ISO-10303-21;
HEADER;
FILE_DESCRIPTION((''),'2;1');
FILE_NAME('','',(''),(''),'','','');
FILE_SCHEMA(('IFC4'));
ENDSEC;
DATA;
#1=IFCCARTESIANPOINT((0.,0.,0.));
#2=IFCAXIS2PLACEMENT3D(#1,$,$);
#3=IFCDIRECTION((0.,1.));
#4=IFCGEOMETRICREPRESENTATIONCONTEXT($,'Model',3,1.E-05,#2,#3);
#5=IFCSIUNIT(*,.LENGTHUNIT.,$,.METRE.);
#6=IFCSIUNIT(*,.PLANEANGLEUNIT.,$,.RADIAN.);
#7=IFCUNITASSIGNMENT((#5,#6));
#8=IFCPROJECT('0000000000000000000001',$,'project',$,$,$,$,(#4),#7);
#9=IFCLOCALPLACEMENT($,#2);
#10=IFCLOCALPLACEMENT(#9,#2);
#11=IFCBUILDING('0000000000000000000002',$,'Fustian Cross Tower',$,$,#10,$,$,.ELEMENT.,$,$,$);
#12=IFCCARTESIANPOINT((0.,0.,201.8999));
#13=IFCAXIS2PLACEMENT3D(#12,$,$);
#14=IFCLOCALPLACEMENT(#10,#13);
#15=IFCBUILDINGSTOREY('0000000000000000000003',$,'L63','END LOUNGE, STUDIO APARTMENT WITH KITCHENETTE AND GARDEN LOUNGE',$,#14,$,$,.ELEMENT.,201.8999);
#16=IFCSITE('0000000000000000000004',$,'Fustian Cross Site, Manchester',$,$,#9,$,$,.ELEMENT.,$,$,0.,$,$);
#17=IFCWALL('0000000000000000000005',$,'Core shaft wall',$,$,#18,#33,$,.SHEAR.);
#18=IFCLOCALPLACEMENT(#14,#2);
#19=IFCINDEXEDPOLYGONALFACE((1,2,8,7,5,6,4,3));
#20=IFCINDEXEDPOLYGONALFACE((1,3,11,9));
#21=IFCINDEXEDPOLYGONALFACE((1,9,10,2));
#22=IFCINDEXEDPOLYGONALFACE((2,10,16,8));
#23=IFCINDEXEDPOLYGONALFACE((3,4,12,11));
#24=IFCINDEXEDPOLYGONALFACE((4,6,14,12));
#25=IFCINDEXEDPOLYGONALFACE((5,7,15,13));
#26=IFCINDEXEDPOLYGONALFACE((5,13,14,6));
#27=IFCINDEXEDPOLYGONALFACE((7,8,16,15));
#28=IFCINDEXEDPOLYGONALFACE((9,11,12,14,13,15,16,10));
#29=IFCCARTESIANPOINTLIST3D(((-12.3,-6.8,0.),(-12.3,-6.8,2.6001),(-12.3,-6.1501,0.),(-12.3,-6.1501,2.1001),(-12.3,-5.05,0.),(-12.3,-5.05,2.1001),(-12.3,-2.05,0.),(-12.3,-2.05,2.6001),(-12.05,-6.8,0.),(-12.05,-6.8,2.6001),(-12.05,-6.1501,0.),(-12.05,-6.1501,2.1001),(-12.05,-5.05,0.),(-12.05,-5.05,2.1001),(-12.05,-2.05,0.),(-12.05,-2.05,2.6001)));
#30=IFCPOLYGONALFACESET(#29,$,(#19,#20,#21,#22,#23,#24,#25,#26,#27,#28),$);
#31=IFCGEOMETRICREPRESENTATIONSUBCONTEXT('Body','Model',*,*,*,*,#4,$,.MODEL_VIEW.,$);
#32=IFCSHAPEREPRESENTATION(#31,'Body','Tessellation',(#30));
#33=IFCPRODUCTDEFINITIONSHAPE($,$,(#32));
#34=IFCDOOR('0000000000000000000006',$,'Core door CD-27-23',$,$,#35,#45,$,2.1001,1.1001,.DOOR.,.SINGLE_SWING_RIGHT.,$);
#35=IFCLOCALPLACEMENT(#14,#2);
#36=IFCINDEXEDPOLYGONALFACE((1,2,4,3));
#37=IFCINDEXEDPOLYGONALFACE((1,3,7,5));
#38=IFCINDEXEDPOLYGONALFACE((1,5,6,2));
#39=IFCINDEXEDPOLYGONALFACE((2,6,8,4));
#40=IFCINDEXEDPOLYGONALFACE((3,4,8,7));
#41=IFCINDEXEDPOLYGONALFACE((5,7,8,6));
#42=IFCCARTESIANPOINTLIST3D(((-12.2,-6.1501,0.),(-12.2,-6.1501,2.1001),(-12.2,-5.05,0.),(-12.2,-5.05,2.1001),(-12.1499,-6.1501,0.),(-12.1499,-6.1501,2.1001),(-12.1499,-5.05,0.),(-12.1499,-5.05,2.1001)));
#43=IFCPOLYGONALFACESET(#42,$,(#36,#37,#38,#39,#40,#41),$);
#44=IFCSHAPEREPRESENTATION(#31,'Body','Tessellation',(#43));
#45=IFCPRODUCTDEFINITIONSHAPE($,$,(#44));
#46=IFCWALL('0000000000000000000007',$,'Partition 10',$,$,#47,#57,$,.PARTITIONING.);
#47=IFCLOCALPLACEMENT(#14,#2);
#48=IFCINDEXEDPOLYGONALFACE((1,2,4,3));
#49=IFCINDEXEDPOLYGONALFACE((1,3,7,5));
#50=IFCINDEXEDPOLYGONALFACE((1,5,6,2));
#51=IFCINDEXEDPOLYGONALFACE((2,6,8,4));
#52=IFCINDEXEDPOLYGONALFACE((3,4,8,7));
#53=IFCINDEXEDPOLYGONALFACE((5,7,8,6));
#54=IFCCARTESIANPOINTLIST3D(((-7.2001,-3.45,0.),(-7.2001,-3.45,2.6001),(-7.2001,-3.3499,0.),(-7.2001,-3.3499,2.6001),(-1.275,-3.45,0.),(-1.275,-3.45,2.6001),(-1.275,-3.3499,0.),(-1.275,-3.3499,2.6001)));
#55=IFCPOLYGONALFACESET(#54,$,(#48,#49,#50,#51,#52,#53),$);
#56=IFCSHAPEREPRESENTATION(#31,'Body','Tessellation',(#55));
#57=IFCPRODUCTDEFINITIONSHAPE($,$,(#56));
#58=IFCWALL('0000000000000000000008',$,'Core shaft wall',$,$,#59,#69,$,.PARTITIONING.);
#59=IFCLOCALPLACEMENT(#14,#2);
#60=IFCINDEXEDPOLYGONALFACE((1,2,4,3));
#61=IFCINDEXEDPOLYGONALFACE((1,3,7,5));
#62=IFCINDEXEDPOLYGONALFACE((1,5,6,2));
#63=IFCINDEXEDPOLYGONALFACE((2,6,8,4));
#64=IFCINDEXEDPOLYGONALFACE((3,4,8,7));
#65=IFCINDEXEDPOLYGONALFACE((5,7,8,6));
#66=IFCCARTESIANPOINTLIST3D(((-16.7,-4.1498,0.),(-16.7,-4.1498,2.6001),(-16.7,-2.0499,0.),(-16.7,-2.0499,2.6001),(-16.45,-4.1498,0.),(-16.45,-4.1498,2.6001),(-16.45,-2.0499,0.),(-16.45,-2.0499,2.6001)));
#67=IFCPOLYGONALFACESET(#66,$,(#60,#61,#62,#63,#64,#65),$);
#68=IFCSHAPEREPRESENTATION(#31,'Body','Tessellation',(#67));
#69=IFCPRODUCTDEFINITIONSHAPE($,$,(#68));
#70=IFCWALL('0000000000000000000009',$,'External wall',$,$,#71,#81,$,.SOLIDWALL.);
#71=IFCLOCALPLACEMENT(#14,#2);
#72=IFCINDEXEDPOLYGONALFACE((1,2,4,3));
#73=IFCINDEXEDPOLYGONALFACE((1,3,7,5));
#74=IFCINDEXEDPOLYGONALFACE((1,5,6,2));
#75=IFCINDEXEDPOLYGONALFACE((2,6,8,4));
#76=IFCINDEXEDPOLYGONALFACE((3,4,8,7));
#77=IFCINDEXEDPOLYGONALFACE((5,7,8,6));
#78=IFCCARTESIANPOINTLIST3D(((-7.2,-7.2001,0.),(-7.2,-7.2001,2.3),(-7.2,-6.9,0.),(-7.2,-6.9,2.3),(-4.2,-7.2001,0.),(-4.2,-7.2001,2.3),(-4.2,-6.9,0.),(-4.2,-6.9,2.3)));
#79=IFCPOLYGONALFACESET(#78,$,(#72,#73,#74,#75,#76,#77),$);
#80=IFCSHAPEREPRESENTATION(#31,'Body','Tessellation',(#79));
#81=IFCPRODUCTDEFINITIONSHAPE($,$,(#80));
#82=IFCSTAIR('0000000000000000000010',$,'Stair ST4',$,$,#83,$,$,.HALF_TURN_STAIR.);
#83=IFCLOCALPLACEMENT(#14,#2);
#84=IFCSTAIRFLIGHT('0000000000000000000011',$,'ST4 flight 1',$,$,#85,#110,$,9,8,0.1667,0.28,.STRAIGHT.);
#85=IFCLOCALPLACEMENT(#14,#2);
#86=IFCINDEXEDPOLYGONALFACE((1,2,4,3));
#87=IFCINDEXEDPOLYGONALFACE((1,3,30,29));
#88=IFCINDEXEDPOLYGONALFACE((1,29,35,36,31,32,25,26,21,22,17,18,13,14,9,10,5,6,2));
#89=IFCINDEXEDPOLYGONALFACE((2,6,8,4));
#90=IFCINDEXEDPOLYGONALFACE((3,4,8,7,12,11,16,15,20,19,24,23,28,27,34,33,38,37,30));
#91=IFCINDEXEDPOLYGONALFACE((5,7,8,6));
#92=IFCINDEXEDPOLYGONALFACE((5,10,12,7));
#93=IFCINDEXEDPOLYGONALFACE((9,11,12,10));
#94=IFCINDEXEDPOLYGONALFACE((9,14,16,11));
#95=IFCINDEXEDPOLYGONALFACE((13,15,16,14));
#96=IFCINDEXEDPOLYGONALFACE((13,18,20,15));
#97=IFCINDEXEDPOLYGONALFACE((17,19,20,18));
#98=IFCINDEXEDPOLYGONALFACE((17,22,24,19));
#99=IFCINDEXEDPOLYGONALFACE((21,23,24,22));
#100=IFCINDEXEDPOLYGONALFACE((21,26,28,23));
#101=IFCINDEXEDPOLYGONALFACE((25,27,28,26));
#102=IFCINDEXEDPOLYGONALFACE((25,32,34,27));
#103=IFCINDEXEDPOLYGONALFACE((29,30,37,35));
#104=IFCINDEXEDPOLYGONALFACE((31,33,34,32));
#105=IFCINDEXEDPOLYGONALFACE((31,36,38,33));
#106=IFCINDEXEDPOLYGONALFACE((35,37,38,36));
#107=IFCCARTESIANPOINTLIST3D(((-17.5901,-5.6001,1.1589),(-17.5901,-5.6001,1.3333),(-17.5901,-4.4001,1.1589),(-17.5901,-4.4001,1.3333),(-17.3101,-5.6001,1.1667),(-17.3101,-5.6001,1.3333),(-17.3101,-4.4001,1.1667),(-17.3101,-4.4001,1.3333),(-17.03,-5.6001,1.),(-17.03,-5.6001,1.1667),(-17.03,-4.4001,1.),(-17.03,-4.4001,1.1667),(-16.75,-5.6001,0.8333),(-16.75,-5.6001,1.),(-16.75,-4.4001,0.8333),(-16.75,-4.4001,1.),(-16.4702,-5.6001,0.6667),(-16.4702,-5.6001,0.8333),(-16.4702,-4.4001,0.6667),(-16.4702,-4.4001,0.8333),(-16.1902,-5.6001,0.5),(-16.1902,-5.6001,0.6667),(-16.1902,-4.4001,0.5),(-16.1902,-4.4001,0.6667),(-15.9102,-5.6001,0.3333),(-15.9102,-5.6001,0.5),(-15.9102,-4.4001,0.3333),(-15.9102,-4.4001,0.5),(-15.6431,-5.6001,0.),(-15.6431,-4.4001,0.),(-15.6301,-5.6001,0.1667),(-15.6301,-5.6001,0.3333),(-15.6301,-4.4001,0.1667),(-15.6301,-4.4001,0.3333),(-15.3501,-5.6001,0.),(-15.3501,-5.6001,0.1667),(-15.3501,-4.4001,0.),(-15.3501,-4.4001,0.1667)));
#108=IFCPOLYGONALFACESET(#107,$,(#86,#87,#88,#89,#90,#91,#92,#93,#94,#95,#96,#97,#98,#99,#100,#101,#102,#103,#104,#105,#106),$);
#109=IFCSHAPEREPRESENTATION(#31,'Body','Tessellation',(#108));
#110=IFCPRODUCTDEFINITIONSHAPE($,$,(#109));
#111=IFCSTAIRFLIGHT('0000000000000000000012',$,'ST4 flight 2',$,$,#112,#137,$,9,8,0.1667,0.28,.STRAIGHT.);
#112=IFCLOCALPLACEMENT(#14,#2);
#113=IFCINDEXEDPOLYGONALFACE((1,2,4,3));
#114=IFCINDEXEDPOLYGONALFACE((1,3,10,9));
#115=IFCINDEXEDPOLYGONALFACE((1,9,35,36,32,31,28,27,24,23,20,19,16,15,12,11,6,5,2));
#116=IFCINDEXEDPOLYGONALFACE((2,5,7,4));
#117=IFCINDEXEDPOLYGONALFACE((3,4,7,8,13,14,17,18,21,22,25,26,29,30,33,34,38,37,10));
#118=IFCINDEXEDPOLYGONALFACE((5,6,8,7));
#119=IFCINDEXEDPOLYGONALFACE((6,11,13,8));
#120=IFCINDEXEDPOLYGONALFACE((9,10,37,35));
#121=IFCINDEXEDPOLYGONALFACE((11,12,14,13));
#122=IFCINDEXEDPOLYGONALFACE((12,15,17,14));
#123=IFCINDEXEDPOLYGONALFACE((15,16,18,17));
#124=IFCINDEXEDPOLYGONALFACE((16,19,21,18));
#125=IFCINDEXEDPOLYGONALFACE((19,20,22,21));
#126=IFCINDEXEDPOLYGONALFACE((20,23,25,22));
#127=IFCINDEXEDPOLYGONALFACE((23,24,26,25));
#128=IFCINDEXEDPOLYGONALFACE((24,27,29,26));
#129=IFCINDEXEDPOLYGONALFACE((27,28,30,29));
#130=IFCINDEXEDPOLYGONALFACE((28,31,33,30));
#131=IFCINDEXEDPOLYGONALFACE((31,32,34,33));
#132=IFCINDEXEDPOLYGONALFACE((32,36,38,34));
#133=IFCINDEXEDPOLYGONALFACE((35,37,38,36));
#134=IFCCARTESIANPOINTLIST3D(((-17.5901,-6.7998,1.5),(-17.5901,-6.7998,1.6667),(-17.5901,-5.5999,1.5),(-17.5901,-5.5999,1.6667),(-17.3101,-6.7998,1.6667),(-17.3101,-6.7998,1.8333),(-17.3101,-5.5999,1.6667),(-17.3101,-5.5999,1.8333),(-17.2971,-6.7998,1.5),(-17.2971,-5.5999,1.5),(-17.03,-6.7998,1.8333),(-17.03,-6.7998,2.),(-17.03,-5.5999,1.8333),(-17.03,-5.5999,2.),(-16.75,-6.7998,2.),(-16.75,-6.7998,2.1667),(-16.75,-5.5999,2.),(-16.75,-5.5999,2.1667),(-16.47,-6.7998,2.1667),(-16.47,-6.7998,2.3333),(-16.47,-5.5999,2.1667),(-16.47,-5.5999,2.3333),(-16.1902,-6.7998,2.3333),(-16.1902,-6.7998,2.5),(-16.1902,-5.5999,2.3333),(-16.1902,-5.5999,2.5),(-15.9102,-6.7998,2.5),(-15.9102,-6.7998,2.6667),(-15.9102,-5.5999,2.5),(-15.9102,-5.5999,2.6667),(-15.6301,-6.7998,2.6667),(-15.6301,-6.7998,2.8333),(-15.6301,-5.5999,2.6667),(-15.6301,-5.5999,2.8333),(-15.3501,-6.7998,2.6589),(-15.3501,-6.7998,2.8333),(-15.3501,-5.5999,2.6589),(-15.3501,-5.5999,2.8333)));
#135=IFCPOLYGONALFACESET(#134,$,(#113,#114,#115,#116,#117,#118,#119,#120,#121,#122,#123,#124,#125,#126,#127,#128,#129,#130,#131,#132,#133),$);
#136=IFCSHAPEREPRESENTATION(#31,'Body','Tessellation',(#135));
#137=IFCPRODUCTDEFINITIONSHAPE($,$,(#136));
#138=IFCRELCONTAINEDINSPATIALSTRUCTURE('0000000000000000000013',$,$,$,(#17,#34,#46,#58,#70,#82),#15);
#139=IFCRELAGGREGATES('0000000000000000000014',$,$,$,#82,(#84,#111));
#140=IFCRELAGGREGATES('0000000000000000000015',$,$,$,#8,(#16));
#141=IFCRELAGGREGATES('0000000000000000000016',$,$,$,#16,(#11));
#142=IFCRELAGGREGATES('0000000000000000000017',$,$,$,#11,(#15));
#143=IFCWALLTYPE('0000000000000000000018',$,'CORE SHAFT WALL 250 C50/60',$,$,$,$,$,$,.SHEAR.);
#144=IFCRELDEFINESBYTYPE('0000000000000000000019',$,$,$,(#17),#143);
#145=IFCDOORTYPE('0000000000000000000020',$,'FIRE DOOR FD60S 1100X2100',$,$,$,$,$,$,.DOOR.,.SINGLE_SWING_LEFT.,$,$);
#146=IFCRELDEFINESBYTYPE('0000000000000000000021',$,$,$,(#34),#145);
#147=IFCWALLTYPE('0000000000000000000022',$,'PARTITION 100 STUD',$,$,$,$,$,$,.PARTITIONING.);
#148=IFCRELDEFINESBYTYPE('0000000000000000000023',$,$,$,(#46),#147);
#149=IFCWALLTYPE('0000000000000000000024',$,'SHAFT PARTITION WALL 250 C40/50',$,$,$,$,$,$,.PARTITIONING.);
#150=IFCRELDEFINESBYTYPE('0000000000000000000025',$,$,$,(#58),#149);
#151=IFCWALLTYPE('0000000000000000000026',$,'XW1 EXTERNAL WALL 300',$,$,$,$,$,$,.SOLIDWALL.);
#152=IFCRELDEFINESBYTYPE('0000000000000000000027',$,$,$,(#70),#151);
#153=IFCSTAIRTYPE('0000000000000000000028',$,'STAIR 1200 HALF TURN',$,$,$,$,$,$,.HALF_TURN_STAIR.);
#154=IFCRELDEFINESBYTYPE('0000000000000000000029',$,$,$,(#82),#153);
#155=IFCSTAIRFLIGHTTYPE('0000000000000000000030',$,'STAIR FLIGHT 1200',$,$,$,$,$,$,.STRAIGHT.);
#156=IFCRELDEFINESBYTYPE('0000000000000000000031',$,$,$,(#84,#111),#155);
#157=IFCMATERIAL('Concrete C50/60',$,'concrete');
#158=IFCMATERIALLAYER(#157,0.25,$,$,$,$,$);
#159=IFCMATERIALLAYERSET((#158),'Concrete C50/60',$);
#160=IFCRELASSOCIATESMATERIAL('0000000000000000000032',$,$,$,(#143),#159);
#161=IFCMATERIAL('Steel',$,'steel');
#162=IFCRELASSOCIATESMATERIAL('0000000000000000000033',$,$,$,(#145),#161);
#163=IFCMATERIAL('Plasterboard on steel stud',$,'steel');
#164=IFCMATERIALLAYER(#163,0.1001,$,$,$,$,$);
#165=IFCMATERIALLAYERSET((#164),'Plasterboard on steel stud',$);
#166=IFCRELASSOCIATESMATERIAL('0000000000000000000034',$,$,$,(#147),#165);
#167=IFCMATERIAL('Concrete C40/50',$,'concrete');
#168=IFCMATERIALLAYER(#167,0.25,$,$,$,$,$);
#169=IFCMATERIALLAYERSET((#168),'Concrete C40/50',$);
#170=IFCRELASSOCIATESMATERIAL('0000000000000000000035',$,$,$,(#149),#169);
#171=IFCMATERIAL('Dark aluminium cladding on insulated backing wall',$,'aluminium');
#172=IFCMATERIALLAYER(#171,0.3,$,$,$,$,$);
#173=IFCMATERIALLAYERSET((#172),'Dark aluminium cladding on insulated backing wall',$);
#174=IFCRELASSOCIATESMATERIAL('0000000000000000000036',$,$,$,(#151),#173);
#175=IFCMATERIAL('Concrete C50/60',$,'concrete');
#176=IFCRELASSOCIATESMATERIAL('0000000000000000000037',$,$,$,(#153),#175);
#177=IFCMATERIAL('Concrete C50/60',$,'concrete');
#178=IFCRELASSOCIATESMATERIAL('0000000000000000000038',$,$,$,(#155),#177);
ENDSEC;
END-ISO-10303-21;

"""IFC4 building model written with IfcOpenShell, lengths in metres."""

from ifc_helpers import new_model, si_unit, direction, frame, frame_2d, origin, place, context, subcontext, project, spatial, polyline, rectangle, outline, extrude, material, layer, layer_set, type_object, element, fill, aggregate, save


model = new_model("IFC4")

# Units and contexts
model_context = context("Model", 3, precision=1e-05, world=origin(), true_north=direction((0.0, 1.0)))
body_context = subcontext(model_context, "Body", "Model", "MODEL_VIEW")
ifc_project = project(units=[si_unit("LENGTHUNIT", "METRE"), si_unit("PLANEANGLEUNIT", "RADIAN")], contexts=[model_context])

# Site, building, storey
site_placement = place(None, origin())
site = spatial("IfcSite", under=ifc_project, at=site_placement, Name="Fustian Cross Site, Manchester", CompositionType="ELEMENT", RefElevation=0.0)
building_placement = place(site_placement, origin())
building = spatial("IfcBuilding", under=site, at=building_placement, Name="Fustian Cross Tower", CompositionType="ELEMENT")
storey_placement = place(building_placement, frame((0.0, 0.0, 201.8999)))
storey = spatial("IfcBuildingStorey", under=building, at=storey_placement, Name="L63", Description="END LOUNGE, STUDIO APARTMENT WITH KITCHENETTE AND GARDEN LOUNGE", CompositionType="ELEMENT", Elevation=201.8999)

# Shared definitions
ifc_material_1 = material(Name="Concrete C50/60", Category="concrete")
ifc_layer_1 = layer(ifc_material_1, 0.25)
ifc_layer_set_1 = layer_set([ifc_layer_1], Name="Concrete C50/60")
wall_type_1 = type_object("IfcWallType", Name="CORE SHAFT WALL 250 C50/60", PredefinedType="SHEAR", material=ifc_layer_set_1)

# Wall, opening, door
wall_1_placement = place(storey_placement, frame((-12.175, -2.05, 0.0), z_axis=(0.0, 0.0, 1.0), x_axis=(0.0, -1.0, 0.0)))
wall_1 = element("IfcWall", 1, at=wall_1_placement, inside=storey, type_object=wall_type_1, Name="Core shaft wall", PredefinedType="SHEAR", context=body_context, shape_type="SweptSolid", body=[
    extrude(rectangle(XDim=4.75, YDim=0.25, at=frame_2d((2.375, 0.0))), origin(), (0.0, 0.0, 1.0), 2.6001),
])
opening_1_placement = place(wall_1_placement, frame((3.0, 0.0, 0.0)))
opening_1 = element("IfcOpeningElement", 2, at=opening_1_placement, cuts=wall_1, PredefinedType="OPENING", context=body_context, shape_type="SweptSolid", body=[
    extrude(rectangle(XDim=1.1001, YDim=2.1001, at=frame_2d((0.55, 1.05))), frame((0.0, 0.135, 0.0), z_axis=(0.0, -1.0, 0.0), x_axis=(1.0, 0.0, 0.0)), (0.0, 0.0, 1.0), 0.27),
])
ifc_material_2 = material(Name="Steel", Category="steel")
door_type_1 = type_object("IfcDoorType", Name="FIRE DOOR FD60S 1100X2100", OperationType="SINGLE_SWING_LEFT", PredefinedType="DOOR", material=ifc_material_2)
door_1_placement = place(opening_1_placement, frame((1.1001, 0.0, 0.0), z_axis=(0.0, 0.0, 1.0), x_axis=(-1.0, 0.0, 0.0)))
door_1 = element("IfcDoor", 3, at=door_1_placement, inside=storey, type_object=door_type_1, Name="Core door CD-27-23", OperationType="SINGLE_SWING_RIGHT", OverallHeight=2.1001, OverallWidth=1.1001, PredefinedType="DOOR", context=body_context, shape_type="SweptSolid", body=[
    extrude(rectangle(XDim=1.1001, YDim=2.1001, at=frame_2d((0.55, 1.05))), frame((0.0, 0.0249, 0.0), z_axis=(0.0, -1.0, 0.0), x_axis=(1.0, 0.0, 0.0)), (0.0, 0.0, 1.0), 0.05),
])
fill(opening_1, door_1)

# Walls
ifc_material_3 = material(Name="Plasterboard on steel stud", Category="steel")
ifc_layer_2 = layer(ifc_material_3, 0.1001)
ifc_layer_set_2 = layer_set([ifc_layer_2], Name="Plasterboard on steel stud")
wall_type_2 = type_object("IfcWallType", Name="PARTITION 100 STUD", PredefinedType="PARTITIONING", material=ifc_layer_set_2)
wall_2_placement = place(storey_placement, frame((-7.2, -3.3999, 0.0), z_axis=(0.0, 0.0, 1.0), x_axis=(1.0, 0.0, 0.0)))
element("IfcWall", 4, at=wall_2_placement, inside=storey, type_object=wall_type_2, Name="Partition 10", PredefinedType="PARTITIONING", context=body_context, shape_type="SweptSolid", body=[
    extrude(rectangle(XDim=5.925, YDim=0.1001, at=frame_2d((2.9624, 0.0))), origin(), (0.0, 0.0, 1.0), 2.6001),
])
ifc_material_4 = material(Name="Concrete C40/50", Category="concrete")
ifc_layer_3 = layer(ifc_material_4, 0.25)
ifc_layer_set_3 = layer_set([ifc_layer_3], Name="Concrete C40/50")
wall_type_3 = type_object("IfcWallType", Name="SHAFT PARTITION WALL 250 C40/50", PredefinedType="PARTITIONING", material=ifc_layer_set_3)
wall_3_placement = place(storey_placement, frame((-16.575, -2.05, 0.0), z_axis=(0.0, 0.0, 1.0), x_axis=(0.0, -1.0, 0.0)))
element("IfcWall", 5, at=wall_3_placement, inside=storey, type_object=wall_type_3, Name="Core shaft wall", PredefinedType="PARTITIONING", context=body_context, shape_type="SweptSolid", body=[
    extrude(rectangle(XDim=2.0999, YDim=0.25, at=frame_2d((1.0498, 0.0))), origin(), (0.0, 0.0, 1.0), 2.6001),
])
ifc_material_5 = material(Name="Dark aluminium cladding on insulated backing wall", Category="aluminium")
ifc_layer_4 = layer(ifc_material_5, 0.3)
ifc_layer_set_4 = layer_set([ifc_layer_4], Name="Dark aluminium cladding on insulated backing wall")
wall_type_4 = type_object("IfcWallType", Name="XW1 EXTERNAL WALL 300", PredefinedType="SOLIDWALL", material=ifc_layer_set_4)
wall_4_placement = place(storey_placement, frame((-7.2, -7.05, 0.0), z_axis=(0.0, 0.0, 1.0), x_axis=(1.0, 0.0, 0.0)))
element("IfcWall", 6, at=wall_4_placement, inside=storey, type_object=wall_type_4, Name="External wall", PredefinedType="SOLIDWALL", context=body_context, shape_type="SweptSolid", body=[
    extrude(rectangle(XDim=3.0, YDim=0.3, at=frame_2d((1.5, 0.0))), origin(), (0.0, 0.0, 1.0), 2.3),
])

# Stair, stair flights
ifc_material_6 = material(Name="Concrete C50/60", Category="concrete")
stair_type = type_object("IfcStairType", Name="STAIR 1200 HALF TURN", PredefinedType="HALF_TURN_STAIR", material=ifc_material_6)
stair_placement = place(storey_placement, origin())
stair = element("IfcStair", 7, at=stair_placement, inside=storey, type_object=stair_type, Name="Stair ST4", PredefinedType="HALF_TURN_STAIR")
ifc_material_7 = material(Name="Concrete C50/60", Category="concrete")
stair_flight_type = type_object("IfcStairFlightType", Name="STAIR FLIGHT 1200", PredefinedType="STRAIGHT", material=ifc_material_7)
stair_flight_1_placement = place(storey_placement, frame((-15.3501, -5.0, 0.0), z_axis=(0.0, 0.0, 1.0), x_axis=(-1.0, 0.0, 0.0)))
stair_flight_1 = element("IfcStairFlight", 8, at=stair_flight_1_placement, type_object=stair_flight_type, Name="ST4 flight 1", NumberOfRisers=9, NumberOfTreads=8, PredefinedType="STRAIGHT", RiserHeight=0.1667, TreadLength=0.28, context=body_context, shape_type="SweptSolid", body=[
    extrude(outline(polyline([(0.0, 0.0), (0.0, 0.1667), (0.28, 0.1667), (0.28, 0.3333), (0.5601, 0.3333), (0.5601, 0.5), (0.8401, 0.5), (0.8401, 0.6667), (1.1201, 0.6667), (1.1201, 0.8333), (1.3999, 0.8333), (1.3999, 1.0), (1.6799, 1.0), (1.6799, 1.1667), (1.96, 1.1667), (1.96, 1.3333), (2.24, 1.3333), (2.24, 1.5), (2.24, 1.1589), (0.293, 0.0), (0.0, 0.0)])), frame((0.0, 0.6001, 0.0), z_axis=(0.0, -1.0, 0.0), x_axis=(1.0, 0.0, 0.0)), (0.0, 0.0, 1.0), 1.2),
])
stair_flight_2_placement = place(storey_placement, frame((-17.5901, -6.2, 1.5), z_axis=(0.0, 0.0, 1.0), x_axis=(1.0, 0.0, 0.0)))
stair_flight_2 = element("IfcStairFlight", 9, at=stair_flight_2_placement, type_object=stair_flight_type, Name="ST4 flight 2", NumberOfRisers=9, NumberOfTreads=8, PredefinedType="STRAIGHT", RiserHeight=0.1667, TreadLength=0.28, context=body_context, shape_type="SweptSolid", body=[
    extrude(outline(polyline([(0.0, 0.0), (0.0, 0.1667), (0.28, 0.1667), (0.28, 0.3333), (0.5601, 0.3333), (0.5601, 0.5), (0.8401, 0.5), (0.8401, 0.6667), (1.1201, 0.6667), (1.1201, 0.8333), (1.3999, 0.8333), (1.3999, 1.0), (1.6799, 1.0), (1.6799, 1.1667), (1.96, 1.1667), (1.96, 1.3333), (2.24, 1.3333), (2.24, 1.5), (2.24, 1.1589), (0.293, 0.0), (0.0, 0.0)])), frame((0.0, 0.6001, 0.0), z_axis=(0.0, -1.0, 0.0), x_axis=(1.0, 0.0, 0.0)), (0.0, 0.0, 1.0), 1.2),
])
aggregate(stair, [stair_flight_1, stair_flight_2])

save(model, "model.ifc")
